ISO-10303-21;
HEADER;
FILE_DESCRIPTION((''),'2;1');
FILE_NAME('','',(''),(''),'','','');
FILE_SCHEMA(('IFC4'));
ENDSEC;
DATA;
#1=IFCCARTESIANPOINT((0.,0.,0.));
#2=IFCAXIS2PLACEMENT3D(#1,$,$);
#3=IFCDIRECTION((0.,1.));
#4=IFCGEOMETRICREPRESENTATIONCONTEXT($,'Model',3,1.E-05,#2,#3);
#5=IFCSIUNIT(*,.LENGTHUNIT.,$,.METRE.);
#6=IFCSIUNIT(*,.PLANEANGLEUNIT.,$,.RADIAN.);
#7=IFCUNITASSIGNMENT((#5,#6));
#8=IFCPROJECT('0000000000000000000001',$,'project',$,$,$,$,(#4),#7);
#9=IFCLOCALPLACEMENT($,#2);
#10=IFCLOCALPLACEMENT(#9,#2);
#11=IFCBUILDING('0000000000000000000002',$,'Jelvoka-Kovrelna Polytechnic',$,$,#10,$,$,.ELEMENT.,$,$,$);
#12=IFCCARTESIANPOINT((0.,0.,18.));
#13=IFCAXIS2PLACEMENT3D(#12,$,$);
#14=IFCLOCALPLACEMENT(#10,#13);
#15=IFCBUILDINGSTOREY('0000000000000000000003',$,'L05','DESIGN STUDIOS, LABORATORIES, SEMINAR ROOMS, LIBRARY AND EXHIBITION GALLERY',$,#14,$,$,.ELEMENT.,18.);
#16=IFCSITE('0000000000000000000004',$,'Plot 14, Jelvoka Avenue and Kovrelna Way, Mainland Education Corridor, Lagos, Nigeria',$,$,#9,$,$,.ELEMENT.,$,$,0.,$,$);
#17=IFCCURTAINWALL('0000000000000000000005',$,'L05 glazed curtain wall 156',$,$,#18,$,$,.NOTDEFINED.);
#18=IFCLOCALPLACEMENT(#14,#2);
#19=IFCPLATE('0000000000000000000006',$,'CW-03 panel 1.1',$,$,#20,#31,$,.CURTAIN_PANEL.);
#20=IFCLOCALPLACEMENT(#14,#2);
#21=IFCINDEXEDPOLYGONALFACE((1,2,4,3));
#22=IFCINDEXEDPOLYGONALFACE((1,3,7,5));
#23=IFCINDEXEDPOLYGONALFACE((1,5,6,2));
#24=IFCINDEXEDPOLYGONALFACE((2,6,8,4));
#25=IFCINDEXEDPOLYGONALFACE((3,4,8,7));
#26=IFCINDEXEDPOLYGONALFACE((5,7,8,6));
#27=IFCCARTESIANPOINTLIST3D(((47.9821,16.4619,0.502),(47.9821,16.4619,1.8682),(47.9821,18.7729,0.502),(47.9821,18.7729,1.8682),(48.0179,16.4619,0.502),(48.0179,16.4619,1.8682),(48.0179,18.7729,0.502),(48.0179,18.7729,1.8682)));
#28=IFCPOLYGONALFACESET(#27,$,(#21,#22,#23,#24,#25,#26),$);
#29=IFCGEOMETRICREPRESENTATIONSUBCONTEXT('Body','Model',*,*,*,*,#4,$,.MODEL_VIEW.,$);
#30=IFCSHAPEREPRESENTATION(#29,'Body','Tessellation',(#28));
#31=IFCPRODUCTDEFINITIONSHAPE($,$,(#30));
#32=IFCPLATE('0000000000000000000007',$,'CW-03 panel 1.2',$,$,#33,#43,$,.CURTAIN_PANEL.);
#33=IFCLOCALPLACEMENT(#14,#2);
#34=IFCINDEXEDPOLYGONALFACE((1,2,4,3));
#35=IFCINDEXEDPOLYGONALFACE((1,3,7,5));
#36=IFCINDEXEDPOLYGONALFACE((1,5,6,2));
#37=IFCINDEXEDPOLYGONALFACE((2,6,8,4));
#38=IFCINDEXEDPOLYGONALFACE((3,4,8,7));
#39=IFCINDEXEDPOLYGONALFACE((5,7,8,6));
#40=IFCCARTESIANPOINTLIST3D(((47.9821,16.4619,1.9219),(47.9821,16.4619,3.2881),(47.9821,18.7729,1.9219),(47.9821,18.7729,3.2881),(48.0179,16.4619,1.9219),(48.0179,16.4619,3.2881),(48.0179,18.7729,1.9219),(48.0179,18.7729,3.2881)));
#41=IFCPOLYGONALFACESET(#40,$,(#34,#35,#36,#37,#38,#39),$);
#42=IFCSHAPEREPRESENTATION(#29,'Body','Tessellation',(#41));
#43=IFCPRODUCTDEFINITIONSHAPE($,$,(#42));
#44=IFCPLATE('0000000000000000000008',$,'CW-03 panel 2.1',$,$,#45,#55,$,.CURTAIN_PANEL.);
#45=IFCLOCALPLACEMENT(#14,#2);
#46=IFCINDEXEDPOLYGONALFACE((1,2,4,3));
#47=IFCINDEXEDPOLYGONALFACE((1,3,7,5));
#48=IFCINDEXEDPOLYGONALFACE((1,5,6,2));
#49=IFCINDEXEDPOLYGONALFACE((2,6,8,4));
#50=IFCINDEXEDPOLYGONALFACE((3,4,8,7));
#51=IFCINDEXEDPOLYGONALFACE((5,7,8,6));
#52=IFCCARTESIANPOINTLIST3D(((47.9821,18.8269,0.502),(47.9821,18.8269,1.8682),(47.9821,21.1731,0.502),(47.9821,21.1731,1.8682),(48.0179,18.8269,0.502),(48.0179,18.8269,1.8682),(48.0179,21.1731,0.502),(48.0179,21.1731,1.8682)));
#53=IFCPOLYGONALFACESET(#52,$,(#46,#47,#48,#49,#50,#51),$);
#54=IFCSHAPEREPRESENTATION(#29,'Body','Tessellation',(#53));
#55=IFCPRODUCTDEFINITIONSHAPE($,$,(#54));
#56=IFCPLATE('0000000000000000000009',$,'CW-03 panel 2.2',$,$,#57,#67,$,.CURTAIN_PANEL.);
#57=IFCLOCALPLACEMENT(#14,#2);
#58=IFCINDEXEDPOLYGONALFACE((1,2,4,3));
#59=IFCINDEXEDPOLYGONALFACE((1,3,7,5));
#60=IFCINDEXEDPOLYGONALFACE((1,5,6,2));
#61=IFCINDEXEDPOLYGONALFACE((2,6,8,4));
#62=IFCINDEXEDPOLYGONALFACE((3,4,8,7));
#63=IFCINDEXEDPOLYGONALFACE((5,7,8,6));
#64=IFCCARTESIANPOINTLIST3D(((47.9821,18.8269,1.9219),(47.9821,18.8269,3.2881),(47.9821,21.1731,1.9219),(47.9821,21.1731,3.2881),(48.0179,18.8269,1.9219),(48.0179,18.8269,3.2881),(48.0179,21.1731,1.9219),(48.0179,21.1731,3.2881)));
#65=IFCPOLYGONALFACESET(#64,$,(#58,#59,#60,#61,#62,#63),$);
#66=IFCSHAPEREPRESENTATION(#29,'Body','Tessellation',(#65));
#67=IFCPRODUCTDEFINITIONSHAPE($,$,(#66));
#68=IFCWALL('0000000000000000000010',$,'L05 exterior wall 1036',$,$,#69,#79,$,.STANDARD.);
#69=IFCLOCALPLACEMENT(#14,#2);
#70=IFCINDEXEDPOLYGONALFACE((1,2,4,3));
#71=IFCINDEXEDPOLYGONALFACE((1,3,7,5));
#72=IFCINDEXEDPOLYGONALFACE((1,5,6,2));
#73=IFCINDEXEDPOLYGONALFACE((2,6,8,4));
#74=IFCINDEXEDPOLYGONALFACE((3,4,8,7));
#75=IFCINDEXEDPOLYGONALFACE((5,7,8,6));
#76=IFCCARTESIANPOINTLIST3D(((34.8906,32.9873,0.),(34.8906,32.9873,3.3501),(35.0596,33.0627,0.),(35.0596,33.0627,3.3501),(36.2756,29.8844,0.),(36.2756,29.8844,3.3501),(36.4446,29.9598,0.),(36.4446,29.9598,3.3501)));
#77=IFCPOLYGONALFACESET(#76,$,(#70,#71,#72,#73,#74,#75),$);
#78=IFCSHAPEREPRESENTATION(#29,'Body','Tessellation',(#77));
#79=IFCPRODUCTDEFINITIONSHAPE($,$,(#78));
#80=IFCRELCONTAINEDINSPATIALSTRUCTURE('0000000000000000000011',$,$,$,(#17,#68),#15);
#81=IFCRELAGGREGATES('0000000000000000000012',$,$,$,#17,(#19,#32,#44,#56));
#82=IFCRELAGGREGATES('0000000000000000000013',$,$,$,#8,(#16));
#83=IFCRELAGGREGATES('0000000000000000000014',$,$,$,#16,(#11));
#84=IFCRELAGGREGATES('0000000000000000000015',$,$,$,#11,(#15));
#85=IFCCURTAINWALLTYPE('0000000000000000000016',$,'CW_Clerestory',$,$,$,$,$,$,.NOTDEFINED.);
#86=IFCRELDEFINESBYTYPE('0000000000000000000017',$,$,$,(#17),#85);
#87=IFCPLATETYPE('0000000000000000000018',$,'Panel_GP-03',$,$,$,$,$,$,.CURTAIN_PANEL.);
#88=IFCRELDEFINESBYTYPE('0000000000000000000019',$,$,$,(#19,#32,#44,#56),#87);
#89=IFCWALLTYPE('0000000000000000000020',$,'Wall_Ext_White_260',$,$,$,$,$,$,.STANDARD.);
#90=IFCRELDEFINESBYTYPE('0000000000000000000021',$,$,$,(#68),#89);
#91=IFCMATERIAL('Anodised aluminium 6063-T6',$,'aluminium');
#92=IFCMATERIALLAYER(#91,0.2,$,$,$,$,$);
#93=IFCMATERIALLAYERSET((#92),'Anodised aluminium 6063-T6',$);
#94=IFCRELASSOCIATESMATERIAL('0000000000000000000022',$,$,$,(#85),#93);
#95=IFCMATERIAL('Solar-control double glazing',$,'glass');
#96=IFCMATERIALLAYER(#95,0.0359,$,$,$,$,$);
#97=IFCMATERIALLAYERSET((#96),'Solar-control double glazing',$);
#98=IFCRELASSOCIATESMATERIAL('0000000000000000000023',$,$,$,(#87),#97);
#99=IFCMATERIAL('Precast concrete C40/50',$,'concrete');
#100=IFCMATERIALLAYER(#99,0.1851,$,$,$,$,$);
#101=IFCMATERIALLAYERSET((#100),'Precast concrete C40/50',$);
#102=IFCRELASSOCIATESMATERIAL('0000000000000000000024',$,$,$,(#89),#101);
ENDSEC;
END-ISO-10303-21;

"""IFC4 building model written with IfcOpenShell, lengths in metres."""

from ifc_helpers import new_model, si_unit, direction, frame, frame_2d, origin, origin_2d, place, context, subcontext, project, spatial, rectangle, extrude, material, layer, layer_set, type_object, element, aggregate, save


model = new_model("IFC4")

# Units and contexts
model_context = context("Model", 3, precision=1e-05, world=origin(), true_north=direction((0.0, 1.0)))
body_context = subcontext(model_context, "Body", "Model", "MODEL_VIEW")
ifc_project = project(units=[si_unit("LENGTHUNIT", "METRE"), si_unit("PLANEANGLEUNIT", "RADIAN")], contexts=[model_context])

# Site, building, storey
site_placement = place(None, origin())
site = spatial("IfcSite", under=ifc_project, at=site_placement, Name="Plot 14, Jelvoka Avenue and Kovrelna Way, Mainland Education Corridor, Lagos, Nigeria", CompositionType="ELEMENT", RefElevation=0.0)
building_placement = place(site_placement, origin())
building = spatial("IfcBuilding", under=site, at=building_placement, Name="Jelvoka-Kovrelna Polytechnic", CompositionType="ELEMENT")
storey_placement = place(building_placement, frame((0.0, 0.0, 18.0)))
storey = spatial("IfcBuildingStorey", under=building, at=storey_placement, Name="L05", Description="DESIGN STUDIOS, LABORATORIES, SEMINAR ROOMS, LIBRARY AND EXHIBITION GALLERY", CompositionType="ELEMENT", Elevation=18.0)

# Curtain wall
ifc_material_1 = material(Name="Anodised aluminium 6063-T6", Category="aluminium")
ifc_layer_1 = layer(ifc_material_1, 0.2)
ifc_layer_set_1 = layer_set([ifc_layer_1], Name="Anodised aluminium 6063-T6")
curtain_wall_type = type_object("IfcCurtainWallType", Name="CW_Clerestory", PredefinedType="NOTDEFINED", material=ifc_layer_set_1)
curtain_wall_placement = place(storey_placement, origin())
curtain_wall = element("IfcCurtainWall", 1, at=curtain_wall_placement, inside=storey, type_object=curtain_wall_type, Name="L05 glazed curtain wall 156", PredefinedType="NOTDEFINED")

# Plates
ifc_material_2 = material(Name="Solar-control double glazing", Category="glass")
ifc_layer_2 = layer(ifc_material_2, 0.0359)
ifc_layer_set_2 = layer_set([ifc_layer_2], Name="Solar-control double glazing")
plate_type = type_object("IfcPlateType", Name="Panel_GP-03", PredefinedType="CURTAIN_PANEL", material=ifc_layer_set_2)
plate_1_placement = place(storey_placement, frame((48.0, 17.6174, 0.502), z_axis=(0.0, 0.0, 1.0), x_axis=(0.0, 1.0, 0.0)))
plate_1 = element("IfcPlate", 2, at=plate_1_placement, type_object=plate_type, Name="CW-03 panel 1.1", PredefinedType="CURTAIN_PANEL", context=body_context, shape_type="SweptSolid", body=[
    extrude(rectangle(XDim=2.311, YDim=0.0359, at=origin_2d()), origin(), (0.0, 0.0, 1.0), 1.3662),
])
plate_2_placement = place(storey_placement, frame((48.0, 17.6174, 1.9219), z_axis=(0.0, 0.0, 1.0), x_axis=(0.0, 1.0, 0.0)))
plate_2 = element("IfcPlate", 3, at=plate_2_placement, type_object=plate_type, Name="CW-03 panel 1.2", PredefinedType="CURTAIN_PANEL", context=body_context, shape_type="SweptSolid", body=[
    extrude(rectangle(XDim=2.311, YDim=0.0359, at=origin_2d()), origin(), (0.0, 0.0, 1.0), 1.3662),
])
plate_3_placement = place(storey_placement, frame((48.0, 20.0, 0.502), z_axis=(0.0, 0.0, 1.0), x_axis=(0.0, 1.0, 0.0)))
plate_3 = element("IfcPlate", 4, at=plate_3_placement, type_object=plate_type, Name="CW-03 panel 2.1", PredefinedType="CURTAIN_PANEL", context=body_context, shape_type="SweptSolid", body=[
    extrude(rectangle(XDim=2.3462, YDim=0.0359, at=origin_2d()), origin(), (0.0, 0.0, 1.0), 1.3662),
])
plate_4_placement = place(storey_placement, frame((48.0, 20.0, 1.9219), z_axis=(0.0, 0.0, 1.0), x_axis=(0.0, 1.0, 0.0)))
plate_4 = element("IfcPlate", 5, at=plate_4_placement, type_object=plate_type, Name="CW-03 panel 2.2", PredefinedType="CURTAIN_PANEL", context=body_context, shape_type="SweptSolid", body=[
    extrude(rectangle(XDim=2.3462, YDim=0.0359, at=origin_2d()), origin(), (0.0, 0.0, 1.0), 1.3662),
])
aggregate(curtain_wall, [plate_1, plate_2, plate_3, plate_4])

# Wall
ifc_material_3 = material(Name="Precast concrete C40/50", Category="concrete")
ifc_layer_3 = layer(ifc_material_3, 0.1851)
ifc_layer_set_3 = layer_set([ifc_layer_3], Name="Precast concrete C40/50")
wall_type = type_object("IfcWallType", Name="Wall_Ext_White_260", PredefinedType="STANDARD", material=ifc_layer_set_3)
wall_placement = place(storey_placement, frame((36.3601, 29.9221, 0.0), z_axis=(0.0, 0.0, 1.0), x_axis=(-0.407611, 0.913156, 0.0)))
element("IfcWall", 6, at=wall_placement, inside=storey, type_object=wall_type, Name="L05 exterior wall 1036", PredefinedType="STANDARD", context=body_context, shape_type="SweptSolid", body=[
    extrude(rectangle(XDim=3.3979, YDim=0.1851, at=frame_2d((1.699, 0.0))), origin(), (0.0, 0.0, 1.0), 3.3501),
])

save(model, "model.ifc")
